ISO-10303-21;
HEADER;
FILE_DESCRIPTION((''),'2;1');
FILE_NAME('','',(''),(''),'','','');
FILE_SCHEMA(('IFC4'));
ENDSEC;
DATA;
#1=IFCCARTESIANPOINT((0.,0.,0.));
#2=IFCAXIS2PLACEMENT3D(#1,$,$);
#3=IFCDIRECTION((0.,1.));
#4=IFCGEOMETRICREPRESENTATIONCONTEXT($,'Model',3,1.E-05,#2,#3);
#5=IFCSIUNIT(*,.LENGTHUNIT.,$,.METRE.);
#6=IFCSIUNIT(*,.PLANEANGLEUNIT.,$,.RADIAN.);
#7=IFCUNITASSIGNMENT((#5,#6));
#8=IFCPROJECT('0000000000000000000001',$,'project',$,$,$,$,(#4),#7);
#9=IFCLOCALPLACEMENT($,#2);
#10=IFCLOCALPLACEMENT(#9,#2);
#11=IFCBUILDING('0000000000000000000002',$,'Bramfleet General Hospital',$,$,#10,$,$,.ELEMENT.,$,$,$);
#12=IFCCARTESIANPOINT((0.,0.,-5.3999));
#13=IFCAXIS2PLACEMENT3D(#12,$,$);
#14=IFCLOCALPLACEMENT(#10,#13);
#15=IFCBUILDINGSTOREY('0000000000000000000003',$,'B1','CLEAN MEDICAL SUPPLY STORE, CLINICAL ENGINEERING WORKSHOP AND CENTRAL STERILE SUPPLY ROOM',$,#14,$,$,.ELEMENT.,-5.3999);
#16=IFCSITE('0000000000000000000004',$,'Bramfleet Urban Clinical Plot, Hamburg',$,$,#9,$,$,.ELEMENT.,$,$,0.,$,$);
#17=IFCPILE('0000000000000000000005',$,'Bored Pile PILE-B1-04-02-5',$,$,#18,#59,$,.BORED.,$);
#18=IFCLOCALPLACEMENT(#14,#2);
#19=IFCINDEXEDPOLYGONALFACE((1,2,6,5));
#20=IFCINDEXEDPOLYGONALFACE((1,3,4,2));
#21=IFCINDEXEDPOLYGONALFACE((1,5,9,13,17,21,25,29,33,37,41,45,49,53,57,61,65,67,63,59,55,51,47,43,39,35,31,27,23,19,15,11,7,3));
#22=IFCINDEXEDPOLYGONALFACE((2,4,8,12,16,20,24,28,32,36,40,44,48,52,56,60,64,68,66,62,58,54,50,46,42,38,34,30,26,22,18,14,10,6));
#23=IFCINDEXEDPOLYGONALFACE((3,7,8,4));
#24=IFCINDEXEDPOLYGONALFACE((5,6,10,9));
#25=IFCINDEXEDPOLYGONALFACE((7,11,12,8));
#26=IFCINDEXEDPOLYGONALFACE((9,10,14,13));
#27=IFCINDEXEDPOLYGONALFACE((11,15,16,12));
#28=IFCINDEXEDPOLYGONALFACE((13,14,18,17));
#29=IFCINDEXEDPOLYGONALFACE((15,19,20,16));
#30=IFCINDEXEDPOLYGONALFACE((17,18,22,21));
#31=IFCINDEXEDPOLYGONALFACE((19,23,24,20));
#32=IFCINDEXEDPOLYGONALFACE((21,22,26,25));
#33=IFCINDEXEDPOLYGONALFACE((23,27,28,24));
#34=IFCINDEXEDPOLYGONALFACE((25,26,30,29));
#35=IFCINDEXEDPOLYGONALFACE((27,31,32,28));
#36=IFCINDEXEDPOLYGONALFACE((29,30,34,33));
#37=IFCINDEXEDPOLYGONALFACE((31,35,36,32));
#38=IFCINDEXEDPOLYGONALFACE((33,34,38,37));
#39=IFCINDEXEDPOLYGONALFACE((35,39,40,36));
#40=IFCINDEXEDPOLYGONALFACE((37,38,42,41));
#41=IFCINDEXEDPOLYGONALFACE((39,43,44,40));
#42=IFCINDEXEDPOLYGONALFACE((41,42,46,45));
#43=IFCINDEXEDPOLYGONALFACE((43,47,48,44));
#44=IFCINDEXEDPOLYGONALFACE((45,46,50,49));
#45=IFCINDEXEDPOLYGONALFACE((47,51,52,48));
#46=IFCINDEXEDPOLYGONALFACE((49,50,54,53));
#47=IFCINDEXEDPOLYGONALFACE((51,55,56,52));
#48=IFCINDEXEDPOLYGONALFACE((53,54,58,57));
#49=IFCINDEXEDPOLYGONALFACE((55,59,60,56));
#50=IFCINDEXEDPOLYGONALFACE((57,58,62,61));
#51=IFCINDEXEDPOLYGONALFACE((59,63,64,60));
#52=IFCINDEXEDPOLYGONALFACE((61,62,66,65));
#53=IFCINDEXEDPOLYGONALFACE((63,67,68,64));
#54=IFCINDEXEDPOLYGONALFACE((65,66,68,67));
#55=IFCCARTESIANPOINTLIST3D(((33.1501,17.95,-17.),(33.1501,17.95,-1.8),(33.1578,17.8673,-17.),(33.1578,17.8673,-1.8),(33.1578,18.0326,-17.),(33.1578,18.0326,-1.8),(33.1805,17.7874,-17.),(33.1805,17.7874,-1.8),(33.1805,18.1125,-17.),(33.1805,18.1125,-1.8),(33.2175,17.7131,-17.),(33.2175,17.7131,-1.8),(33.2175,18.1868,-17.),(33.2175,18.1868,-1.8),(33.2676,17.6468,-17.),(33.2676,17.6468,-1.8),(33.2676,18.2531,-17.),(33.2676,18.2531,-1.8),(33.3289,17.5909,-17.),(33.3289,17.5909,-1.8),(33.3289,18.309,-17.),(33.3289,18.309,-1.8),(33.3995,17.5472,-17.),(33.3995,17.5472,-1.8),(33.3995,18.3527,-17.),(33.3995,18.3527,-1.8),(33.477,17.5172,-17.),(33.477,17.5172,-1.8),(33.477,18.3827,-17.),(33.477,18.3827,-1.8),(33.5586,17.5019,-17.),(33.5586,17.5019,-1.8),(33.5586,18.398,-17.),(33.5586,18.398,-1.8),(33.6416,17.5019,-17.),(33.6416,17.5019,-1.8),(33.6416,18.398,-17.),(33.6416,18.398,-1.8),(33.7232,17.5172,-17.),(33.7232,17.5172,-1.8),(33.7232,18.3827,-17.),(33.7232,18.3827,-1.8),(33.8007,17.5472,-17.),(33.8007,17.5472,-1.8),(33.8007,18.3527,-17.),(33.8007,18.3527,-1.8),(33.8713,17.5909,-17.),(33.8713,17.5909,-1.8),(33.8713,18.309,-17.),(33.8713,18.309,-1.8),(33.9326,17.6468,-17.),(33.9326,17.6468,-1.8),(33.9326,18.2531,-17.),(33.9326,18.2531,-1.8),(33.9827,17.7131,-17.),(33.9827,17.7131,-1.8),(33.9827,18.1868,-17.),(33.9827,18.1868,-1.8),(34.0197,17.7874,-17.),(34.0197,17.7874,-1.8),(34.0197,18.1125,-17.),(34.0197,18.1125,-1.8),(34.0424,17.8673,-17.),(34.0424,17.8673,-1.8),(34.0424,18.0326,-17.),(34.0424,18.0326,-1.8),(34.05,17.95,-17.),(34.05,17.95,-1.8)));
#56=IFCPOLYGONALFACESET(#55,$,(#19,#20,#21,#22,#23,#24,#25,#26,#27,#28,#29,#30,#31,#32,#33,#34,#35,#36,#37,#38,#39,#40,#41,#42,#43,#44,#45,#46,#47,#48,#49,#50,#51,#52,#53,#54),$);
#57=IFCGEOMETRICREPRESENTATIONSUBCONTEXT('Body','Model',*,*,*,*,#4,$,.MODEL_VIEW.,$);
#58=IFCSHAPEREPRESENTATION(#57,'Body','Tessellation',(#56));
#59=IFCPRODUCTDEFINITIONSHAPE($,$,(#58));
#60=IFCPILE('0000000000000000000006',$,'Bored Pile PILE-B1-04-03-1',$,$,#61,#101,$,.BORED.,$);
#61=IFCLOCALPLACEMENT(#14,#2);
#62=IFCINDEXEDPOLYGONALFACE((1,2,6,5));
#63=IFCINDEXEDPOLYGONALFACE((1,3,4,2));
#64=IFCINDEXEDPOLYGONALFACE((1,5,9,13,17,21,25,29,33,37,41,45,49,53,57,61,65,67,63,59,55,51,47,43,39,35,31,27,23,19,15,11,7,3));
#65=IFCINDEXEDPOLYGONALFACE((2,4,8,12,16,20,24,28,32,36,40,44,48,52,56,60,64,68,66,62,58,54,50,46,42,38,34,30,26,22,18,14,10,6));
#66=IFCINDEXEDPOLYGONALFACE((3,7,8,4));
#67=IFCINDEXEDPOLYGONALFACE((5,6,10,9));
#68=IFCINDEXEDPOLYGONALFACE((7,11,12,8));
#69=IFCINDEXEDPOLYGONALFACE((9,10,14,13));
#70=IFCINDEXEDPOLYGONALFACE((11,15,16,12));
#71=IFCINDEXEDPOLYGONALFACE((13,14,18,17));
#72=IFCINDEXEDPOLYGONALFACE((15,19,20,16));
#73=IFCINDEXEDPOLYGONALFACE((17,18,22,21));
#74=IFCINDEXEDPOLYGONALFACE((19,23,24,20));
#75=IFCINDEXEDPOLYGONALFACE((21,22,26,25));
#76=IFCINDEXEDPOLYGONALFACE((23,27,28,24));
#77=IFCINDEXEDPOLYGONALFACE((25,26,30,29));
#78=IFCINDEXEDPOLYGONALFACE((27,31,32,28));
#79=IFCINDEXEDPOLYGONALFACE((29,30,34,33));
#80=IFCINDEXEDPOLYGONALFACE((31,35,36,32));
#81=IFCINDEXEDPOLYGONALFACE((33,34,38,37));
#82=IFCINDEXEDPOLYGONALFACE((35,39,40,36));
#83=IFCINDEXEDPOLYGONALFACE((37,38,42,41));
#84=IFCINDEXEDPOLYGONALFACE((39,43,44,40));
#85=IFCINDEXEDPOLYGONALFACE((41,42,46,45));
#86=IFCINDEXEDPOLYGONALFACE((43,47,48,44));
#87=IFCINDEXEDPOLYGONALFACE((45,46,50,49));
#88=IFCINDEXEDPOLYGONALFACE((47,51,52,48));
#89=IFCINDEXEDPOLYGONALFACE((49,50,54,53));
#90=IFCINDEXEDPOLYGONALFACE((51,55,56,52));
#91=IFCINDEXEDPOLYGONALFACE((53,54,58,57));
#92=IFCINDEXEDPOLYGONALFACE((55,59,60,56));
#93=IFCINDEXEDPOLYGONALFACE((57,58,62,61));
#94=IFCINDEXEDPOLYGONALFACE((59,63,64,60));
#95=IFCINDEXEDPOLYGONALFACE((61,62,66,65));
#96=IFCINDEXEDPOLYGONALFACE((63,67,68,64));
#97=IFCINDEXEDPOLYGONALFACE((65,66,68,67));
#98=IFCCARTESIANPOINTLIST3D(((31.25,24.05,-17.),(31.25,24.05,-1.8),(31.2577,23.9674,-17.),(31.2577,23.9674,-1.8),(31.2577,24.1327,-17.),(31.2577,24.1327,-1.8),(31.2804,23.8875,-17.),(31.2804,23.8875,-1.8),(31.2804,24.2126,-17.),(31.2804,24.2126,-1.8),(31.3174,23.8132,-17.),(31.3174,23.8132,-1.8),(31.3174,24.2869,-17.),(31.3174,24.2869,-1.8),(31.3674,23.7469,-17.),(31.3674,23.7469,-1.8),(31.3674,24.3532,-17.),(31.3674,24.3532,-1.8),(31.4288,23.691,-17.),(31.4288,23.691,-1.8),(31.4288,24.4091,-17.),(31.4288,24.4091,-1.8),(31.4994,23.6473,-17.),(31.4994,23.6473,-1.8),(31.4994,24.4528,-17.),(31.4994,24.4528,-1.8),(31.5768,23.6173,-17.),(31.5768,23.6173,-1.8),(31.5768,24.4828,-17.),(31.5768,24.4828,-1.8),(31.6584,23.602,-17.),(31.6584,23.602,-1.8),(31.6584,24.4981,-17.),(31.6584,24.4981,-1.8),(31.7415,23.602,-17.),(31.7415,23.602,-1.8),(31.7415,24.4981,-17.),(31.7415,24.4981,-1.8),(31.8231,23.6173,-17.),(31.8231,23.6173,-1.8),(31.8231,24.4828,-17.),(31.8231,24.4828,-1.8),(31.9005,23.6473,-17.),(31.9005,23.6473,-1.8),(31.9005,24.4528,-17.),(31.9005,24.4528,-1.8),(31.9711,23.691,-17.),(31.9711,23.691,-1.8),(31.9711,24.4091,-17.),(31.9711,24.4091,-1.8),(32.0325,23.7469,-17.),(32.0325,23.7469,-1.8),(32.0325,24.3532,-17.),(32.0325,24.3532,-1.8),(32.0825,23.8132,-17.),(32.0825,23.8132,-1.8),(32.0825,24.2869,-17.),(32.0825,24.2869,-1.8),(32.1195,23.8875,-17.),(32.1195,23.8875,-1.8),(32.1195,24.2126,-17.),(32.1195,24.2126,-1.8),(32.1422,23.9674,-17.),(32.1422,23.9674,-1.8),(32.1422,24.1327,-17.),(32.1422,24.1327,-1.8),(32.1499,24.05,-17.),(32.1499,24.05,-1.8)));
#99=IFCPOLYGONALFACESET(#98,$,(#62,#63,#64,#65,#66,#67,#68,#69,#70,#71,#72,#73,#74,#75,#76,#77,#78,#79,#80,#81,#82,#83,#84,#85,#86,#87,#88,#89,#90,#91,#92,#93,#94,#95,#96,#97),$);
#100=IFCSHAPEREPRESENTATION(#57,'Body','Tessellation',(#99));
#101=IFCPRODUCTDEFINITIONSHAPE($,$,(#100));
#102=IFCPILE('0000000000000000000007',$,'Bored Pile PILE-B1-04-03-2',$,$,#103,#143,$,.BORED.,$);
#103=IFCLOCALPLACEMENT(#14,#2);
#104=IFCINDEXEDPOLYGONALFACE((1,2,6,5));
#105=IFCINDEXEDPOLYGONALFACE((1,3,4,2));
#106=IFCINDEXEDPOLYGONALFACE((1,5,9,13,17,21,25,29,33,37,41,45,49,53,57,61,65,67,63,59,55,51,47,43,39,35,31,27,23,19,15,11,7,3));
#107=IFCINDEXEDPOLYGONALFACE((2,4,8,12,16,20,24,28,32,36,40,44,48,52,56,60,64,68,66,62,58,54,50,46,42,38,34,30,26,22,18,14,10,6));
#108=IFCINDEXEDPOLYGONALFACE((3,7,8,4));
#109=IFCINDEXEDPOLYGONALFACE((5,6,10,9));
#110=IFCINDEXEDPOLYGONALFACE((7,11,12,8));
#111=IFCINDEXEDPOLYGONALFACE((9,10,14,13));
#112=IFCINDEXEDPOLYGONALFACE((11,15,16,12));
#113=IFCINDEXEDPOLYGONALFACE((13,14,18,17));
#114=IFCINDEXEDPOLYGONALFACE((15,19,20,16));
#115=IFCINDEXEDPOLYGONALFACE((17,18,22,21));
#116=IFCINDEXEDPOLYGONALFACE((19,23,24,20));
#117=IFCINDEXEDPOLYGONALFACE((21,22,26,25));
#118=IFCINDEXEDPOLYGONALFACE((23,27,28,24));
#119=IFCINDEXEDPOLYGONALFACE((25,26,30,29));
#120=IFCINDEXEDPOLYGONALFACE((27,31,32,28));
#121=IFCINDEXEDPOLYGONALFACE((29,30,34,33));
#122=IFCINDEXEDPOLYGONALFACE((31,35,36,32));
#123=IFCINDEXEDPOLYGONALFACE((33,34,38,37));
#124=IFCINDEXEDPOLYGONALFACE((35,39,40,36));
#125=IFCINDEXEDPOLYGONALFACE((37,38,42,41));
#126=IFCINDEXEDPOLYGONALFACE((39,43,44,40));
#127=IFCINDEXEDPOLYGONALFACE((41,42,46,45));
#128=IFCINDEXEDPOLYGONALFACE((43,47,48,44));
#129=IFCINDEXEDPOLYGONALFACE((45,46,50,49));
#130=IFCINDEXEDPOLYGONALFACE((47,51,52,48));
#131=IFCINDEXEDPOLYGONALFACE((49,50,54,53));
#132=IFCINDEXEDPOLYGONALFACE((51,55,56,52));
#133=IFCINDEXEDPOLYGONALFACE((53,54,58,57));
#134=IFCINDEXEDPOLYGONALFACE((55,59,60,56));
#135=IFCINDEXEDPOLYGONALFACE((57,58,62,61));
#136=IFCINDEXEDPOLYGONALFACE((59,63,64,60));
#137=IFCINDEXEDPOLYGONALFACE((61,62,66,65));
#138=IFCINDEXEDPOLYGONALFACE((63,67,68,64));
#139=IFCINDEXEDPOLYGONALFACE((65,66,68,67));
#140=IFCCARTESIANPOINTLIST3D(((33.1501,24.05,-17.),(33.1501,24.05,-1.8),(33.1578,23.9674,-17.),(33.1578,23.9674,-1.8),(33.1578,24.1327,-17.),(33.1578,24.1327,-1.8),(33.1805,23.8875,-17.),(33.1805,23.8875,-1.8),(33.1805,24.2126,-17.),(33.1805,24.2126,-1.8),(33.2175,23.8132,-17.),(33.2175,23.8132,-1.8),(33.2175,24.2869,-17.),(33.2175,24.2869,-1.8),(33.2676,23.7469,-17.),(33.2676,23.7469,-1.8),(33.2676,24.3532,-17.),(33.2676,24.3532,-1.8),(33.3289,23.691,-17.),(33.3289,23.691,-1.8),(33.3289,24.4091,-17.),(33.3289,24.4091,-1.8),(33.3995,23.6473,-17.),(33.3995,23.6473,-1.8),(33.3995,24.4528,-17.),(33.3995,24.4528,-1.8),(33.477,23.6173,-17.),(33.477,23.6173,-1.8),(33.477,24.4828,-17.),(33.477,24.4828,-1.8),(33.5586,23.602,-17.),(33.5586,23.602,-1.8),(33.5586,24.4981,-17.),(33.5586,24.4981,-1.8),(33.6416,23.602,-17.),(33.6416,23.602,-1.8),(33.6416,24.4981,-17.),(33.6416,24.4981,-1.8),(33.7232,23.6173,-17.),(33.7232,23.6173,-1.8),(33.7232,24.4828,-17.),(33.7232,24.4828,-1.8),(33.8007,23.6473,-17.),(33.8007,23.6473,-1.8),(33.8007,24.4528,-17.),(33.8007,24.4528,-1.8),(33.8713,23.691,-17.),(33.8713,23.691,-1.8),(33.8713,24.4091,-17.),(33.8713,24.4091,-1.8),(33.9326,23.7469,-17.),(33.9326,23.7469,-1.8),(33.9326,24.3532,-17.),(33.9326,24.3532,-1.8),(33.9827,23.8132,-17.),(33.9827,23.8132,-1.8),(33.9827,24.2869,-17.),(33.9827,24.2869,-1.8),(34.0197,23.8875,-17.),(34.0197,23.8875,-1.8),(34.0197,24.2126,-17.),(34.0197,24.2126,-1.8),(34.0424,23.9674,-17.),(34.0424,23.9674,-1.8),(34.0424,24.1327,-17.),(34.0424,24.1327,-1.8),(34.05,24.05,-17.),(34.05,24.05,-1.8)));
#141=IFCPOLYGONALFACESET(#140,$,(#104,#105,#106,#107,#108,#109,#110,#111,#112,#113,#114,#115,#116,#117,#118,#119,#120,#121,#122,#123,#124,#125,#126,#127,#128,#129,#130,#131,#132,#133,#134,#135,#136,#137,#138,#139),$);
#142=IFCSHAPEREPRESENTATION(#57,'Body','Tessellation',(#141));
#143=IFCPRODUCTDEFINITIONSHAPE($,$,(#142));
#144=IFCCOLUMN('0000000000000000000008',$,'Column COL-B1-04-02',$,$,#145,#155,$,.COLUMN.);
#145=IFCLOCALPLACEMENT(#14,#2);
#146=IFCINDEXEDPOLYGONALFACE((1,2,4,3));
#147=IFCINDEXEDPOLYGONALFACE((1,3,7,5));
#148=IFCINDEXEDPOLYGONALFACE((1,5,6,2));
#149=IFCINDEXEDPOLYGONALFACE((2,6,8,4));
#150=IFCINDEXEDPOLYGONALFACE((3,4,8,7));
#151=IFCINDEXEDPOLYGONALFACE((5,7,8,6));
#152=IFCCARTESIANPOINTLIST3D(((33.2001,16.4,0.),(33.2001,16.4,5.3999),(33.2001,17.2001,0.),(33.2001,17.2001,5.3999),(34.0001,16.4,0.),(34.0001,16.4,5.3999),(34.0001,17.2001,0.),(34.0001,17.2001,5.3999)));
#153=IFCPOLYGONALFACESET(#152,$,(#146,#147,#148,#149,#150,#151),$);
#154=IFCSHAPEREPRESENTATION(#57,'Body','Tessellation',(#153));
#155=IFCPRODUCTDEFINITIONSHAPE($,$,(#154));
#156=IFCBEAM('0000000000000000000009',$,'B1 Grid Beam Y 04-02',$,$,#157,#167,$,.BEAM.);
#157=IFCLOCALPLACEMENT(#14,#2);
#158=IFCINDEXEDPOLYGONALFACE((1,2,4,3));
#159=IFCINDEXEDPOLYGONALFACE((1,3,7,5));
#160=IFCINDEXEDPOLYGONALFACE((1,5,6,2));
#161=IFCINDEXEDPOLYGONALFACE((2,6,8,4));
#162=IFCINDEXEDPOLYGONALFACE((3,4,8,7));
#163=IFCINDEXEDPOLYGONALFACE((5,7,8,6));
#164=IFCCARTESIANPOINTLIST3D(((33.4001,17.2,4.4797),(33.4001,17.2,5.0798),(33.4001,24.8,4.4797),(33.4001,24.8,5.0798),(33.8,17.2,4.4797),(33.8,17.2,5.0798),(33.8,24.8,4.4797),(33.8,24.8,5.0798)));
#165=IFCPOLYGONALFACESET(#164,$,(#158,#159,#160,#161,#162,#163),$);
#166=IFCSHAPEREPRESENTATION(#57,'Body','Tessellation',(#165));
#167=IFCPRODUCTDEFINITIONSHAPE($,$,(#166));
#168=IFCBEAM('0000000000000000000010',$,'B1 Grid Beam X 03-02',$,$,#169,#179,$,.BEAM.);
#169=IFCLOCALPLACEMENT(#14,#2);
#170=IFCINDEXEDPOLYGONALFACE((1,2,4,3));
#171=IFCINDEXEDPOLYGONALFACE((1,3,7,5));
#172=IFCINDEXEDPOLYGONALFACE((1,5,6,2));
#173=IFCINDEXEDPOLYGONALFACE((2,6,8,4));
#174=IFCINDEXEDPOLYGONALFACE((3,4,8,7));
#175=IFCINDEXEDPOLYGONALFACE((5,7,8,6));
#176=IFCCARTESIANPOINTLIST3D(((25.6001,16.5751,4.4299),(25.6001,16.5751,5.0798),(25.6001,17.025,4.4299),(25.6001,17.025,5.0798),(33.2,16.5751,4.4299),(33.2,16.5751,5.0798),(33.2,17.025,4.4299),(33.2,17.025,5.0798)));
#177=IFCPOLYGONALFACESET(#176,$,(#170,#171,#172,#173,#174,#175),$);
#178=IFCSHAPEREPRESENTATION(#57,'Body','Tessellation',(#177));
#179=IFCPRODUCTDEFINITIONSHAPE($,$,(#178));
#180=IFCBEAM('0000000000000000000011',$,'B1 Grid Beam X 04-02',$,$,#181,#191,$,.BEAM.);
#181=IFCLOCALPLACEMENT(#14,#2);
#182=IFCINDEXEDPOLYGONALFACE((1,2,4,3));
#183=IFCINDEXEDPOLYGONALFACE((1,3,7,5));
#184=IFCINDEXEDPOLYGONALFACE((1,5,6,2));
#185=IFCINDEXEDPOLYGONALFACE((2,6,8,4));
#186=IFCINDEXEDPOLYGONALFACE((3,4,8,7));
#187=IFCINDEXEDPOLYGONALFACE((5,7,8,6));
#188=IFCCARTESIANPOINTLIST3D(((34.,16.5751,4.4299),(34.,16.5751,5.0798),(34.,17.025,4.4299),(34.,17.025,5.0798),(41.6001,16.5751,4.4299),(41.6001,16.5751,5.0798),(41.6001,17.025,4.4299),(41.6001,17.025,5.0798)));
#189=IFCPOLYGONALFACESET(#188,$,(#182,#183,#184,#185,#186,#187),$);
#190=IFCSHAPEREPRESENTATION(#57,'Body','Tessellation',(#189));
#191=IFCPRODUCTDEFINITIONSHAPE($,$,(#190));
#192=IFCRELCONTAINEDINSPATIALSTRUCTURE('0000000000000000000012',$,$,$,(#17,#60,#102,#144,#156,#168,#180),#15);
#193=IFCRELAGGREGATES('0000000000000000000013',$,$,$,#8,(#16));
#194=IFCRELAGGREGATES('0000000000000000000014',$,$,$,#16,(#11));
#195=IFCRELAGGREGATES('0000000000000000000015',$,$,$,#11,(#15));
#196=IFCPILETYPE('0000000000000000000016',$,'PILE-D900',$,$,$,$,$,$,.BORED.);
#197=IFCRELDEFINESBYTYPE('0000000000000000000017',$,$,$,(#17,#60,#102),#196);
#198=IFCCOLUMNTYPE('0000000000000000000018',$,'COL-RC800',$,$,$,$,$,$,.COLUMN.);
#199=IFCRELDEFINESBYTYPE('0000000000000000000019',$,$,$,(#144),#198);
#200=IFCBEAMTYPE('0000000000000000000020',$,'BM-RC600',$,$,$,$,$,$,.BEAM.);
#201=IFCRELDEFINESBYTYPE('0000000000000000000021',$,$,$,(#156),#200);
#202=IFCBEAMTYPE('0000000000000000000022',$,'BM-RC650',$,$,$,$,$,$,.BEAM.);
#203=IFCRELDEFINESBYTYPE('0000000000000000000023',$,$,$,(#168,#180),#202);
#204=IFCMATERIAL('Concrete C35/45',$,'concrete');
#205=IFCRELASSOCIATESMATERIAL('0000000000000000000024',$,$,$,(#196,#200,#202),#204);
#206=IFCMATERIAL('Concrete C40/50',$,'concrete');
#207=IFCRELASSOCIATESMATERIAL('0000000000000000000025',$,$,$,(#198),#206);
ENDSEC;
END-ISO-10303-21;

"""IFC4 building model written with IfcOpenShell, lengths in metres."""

from ifc_helpers import new_model, si_unit, direction, frame, origin, origin_2d, place, context, subcontext, project, spatial, rectangle, circle, extrude, material, material_profile, profile_set, type_object, element, save


model = new_model("IFC4")

# Units and contexts
model_context = context("Model", 3, precision=1e-05, world=origin(), true_north=direction((0.0, 1.0)))
body_context = subcontext(model_context, "Body", "Model", "MODEL_VIEW")
ifc_project = project(units=[si_unit("LENGTHUNIT", "METRE"), si_unit("PLANEANGLEUNIT", "RADIAN")], contexts=[model_context])

# Site, building, storey
site_placement = place(None, origin())
site = spatial("IfcSite", under=ifc_project, at=site_placement, Name="Bramfleet Urban Clinical Plot, Hamburg", CompositionType="ELEMENT", RefElevation=0.0)
building_placement = place(site_placement, origin())
building = spatial("IfcBuilding", under=site, at=building_placement, Name="Bramfleet General Hospital", CompositionType="ELEMENT")
storey_placement = place(building_placement, frame((0.0, 0.0, -5.3999)))
storey = spatial("IfcBuildingStorey", under=building, at=storey_placement, Name="B1", Description="CLEAN MEDICAL SUPPLY STORE, CLINICAL ENGINEERING WORKSHOP AND CENTRAL STERILE SUPPLY ROOM", CompositionType="ELEMENT", Elevation=-5.3999)

# Shared definitions
ifc_material_1 = material(Name="Concrete C35/45", Category="concrete")

# Piles
ifc_material_profile_1 = material_profile(ifc_material_1, circle(Radius=0.45, at=origin_2d()), Name="PILE BORED D900")
ifc_profile_set_1 = profile_set([ifc_material_profile_1], Name="Concrete C35/45")
pile_type = type_object("IfcPileType", Name="PILE-D900", PredefinedType="BORED", material=ifc_profile_set_1)
for number, where, z_axis, x_axis, name in (
    (1, (33.6001, 17.95, -1.8), (0.0, 0.0, -1.0), (1.0, 0.0, 0.0), "Bored Pile PILE-B1-04-02-5"),
    (2, (31.7, 24.05, -1.8), (0.0, 0.0, -1.0), (1.0, 0.0, 0.0), "Bored Pile PILE-B1-04-03-1"),
    (3, (33.6001, 24.05, -1.8), (0.0, 0.0, -1.0), (1.0, 0.0, 0.0), "Bored Pile PILE-B1-04-03-2"),
):
    element("IfcPile", number, at=place(storey_placement, frame(where, z_axis=z_axis, x_axis=x_axis)), inside=storey, type_object=pile_type, Name=name, PredefinedType="BORED", context=body_context, shape_type="SweptSolid", body=[
        extrude(circle(Radius=0.45, at=origin_2d()), origin(), (0.0, 0.0, 1.0), 15.2),
    ])

# Column
ifc_material_2 = material(Name="Concrete C40/50", Category="concrete")
ifc_material_profile_2 = material_profile(ifc_material_2, rectangle(XDim=0.8, YDim=0.8, at=origin_2d()), Name="RC COL 800x800")
ifc_profile_set_2 = profile_set([ifc_material_profile_2], Name="Concrete C40/50")
column_type = type_object("IfcColumnType", Name="COL-RC800", PredefinedType="COLUMN", material=ifc_profile_set_2)
column_placement = place(storey_placement, frame((33.6001, 16.8, 0.0), z_axis=(0.0, 0.0, 1.0), x_axis=(1.0, 0.0, 0.0)))
element("IfcColumn", 4, at=column_placement, inside=storey, type_object=column_type, Name="Column COL-B1-04-02", PredefinedType="COLUMN", context=body_context, shape_type="SweptSolid", body=[
    extrude(rectangle(XDim=0.8, YDim=0.8, at=origin_2d()), origin(), (0.0, 0.0, 1.0), 5.3999),
])

# Beams
ifc_material_profile_3 = material_profile(ifc_material_1, rectangle(XDim=0.3999, YDim=0.6001, at=origin_2d()), Name="RC BM 600x400")
ifc_profile_set_3 = profile_set([ifc_material_profile_3], Name="Concrete C35/45")
beam_type_1 = type_object("IfcBeamType", Name="BM-RC600", PredefinedType="BEAM", material=ifc_profile_set_3)
beam_1_placement = place(storey_placement, frame((33.6001, 17.2, 4.7798), z_axis=(0.0, 1.0, 0.0), x_axis=(-1.0, 0.0, 0.0)))
element("IfcBeam", 5, at=beam_1_placement, inside=storey, type_object=beam_type_1, Name="B1 Grid Beam Y 04-02", PredefinedType="BEAM", context=body_context, shape_type="SweptSolid", body=[
    extrude(rectangle(XDim=0.3999, YDim=0.6001, at=origin_2d()), origin(), (0.0, 0.0, 1.0), 7.6001),
])
ifc_material_profile_4 = material_profile(ifc_material_1, rectangle(XDim=0.45, YDim=0.6499, at=origin_2d()), Name="RC BM 650x450")
ifc_profile_set_4 = profile_set([ifc_material_profile_4], Name="Concrete C35/45")
beam_type_2 = type_object("IfcBeamType", Name="BM-RC650", PredefinedType="BEAM", material=ifc_profile_set_4)
beam_2_placement = place(storey_placement, frame((25.6001, 16.8, 4.7549), z_axis=(1.0, 0.0, 0.0), x_axis=(0.0, 1.0, 0.0)))
element("IfcBeam", 6, at=beam_2_placement, inside=storey, type_object=beam_type_2, Name="B1 Grid Beam X 03-02", PredefinedType="BEAM", context=body_context, shape_type="SweptSolid", body=[
    extrude(rectangle(XDim=0.45, YDim=0.6499, at=origin_2d()), origin(), (0.0, 0.0, 1.0), 7.5999),
])
beam_3_placement = place(storey_placement, frame((34.0, 16.8, 4.7549), z_axis=(1.0, 0.0, 0.0), x_axis=(0.0, 1.0, 0.0)))
element("IfcBeam", 7, at=beam_3_placement, inside=storey, type_object=beam_type_2, Name="B1 Grid Beam X 04-02", PredefinedType="BEAM", context=body_context, shape_type="SweptSolid", body=[
    extrude(rectangle(XDim=0.45, YDim=0.6499, at=origin_2d()), origin(), (0.0, 0.0, 1.0), 7.6001),
])

save(model, "model.ifc")
